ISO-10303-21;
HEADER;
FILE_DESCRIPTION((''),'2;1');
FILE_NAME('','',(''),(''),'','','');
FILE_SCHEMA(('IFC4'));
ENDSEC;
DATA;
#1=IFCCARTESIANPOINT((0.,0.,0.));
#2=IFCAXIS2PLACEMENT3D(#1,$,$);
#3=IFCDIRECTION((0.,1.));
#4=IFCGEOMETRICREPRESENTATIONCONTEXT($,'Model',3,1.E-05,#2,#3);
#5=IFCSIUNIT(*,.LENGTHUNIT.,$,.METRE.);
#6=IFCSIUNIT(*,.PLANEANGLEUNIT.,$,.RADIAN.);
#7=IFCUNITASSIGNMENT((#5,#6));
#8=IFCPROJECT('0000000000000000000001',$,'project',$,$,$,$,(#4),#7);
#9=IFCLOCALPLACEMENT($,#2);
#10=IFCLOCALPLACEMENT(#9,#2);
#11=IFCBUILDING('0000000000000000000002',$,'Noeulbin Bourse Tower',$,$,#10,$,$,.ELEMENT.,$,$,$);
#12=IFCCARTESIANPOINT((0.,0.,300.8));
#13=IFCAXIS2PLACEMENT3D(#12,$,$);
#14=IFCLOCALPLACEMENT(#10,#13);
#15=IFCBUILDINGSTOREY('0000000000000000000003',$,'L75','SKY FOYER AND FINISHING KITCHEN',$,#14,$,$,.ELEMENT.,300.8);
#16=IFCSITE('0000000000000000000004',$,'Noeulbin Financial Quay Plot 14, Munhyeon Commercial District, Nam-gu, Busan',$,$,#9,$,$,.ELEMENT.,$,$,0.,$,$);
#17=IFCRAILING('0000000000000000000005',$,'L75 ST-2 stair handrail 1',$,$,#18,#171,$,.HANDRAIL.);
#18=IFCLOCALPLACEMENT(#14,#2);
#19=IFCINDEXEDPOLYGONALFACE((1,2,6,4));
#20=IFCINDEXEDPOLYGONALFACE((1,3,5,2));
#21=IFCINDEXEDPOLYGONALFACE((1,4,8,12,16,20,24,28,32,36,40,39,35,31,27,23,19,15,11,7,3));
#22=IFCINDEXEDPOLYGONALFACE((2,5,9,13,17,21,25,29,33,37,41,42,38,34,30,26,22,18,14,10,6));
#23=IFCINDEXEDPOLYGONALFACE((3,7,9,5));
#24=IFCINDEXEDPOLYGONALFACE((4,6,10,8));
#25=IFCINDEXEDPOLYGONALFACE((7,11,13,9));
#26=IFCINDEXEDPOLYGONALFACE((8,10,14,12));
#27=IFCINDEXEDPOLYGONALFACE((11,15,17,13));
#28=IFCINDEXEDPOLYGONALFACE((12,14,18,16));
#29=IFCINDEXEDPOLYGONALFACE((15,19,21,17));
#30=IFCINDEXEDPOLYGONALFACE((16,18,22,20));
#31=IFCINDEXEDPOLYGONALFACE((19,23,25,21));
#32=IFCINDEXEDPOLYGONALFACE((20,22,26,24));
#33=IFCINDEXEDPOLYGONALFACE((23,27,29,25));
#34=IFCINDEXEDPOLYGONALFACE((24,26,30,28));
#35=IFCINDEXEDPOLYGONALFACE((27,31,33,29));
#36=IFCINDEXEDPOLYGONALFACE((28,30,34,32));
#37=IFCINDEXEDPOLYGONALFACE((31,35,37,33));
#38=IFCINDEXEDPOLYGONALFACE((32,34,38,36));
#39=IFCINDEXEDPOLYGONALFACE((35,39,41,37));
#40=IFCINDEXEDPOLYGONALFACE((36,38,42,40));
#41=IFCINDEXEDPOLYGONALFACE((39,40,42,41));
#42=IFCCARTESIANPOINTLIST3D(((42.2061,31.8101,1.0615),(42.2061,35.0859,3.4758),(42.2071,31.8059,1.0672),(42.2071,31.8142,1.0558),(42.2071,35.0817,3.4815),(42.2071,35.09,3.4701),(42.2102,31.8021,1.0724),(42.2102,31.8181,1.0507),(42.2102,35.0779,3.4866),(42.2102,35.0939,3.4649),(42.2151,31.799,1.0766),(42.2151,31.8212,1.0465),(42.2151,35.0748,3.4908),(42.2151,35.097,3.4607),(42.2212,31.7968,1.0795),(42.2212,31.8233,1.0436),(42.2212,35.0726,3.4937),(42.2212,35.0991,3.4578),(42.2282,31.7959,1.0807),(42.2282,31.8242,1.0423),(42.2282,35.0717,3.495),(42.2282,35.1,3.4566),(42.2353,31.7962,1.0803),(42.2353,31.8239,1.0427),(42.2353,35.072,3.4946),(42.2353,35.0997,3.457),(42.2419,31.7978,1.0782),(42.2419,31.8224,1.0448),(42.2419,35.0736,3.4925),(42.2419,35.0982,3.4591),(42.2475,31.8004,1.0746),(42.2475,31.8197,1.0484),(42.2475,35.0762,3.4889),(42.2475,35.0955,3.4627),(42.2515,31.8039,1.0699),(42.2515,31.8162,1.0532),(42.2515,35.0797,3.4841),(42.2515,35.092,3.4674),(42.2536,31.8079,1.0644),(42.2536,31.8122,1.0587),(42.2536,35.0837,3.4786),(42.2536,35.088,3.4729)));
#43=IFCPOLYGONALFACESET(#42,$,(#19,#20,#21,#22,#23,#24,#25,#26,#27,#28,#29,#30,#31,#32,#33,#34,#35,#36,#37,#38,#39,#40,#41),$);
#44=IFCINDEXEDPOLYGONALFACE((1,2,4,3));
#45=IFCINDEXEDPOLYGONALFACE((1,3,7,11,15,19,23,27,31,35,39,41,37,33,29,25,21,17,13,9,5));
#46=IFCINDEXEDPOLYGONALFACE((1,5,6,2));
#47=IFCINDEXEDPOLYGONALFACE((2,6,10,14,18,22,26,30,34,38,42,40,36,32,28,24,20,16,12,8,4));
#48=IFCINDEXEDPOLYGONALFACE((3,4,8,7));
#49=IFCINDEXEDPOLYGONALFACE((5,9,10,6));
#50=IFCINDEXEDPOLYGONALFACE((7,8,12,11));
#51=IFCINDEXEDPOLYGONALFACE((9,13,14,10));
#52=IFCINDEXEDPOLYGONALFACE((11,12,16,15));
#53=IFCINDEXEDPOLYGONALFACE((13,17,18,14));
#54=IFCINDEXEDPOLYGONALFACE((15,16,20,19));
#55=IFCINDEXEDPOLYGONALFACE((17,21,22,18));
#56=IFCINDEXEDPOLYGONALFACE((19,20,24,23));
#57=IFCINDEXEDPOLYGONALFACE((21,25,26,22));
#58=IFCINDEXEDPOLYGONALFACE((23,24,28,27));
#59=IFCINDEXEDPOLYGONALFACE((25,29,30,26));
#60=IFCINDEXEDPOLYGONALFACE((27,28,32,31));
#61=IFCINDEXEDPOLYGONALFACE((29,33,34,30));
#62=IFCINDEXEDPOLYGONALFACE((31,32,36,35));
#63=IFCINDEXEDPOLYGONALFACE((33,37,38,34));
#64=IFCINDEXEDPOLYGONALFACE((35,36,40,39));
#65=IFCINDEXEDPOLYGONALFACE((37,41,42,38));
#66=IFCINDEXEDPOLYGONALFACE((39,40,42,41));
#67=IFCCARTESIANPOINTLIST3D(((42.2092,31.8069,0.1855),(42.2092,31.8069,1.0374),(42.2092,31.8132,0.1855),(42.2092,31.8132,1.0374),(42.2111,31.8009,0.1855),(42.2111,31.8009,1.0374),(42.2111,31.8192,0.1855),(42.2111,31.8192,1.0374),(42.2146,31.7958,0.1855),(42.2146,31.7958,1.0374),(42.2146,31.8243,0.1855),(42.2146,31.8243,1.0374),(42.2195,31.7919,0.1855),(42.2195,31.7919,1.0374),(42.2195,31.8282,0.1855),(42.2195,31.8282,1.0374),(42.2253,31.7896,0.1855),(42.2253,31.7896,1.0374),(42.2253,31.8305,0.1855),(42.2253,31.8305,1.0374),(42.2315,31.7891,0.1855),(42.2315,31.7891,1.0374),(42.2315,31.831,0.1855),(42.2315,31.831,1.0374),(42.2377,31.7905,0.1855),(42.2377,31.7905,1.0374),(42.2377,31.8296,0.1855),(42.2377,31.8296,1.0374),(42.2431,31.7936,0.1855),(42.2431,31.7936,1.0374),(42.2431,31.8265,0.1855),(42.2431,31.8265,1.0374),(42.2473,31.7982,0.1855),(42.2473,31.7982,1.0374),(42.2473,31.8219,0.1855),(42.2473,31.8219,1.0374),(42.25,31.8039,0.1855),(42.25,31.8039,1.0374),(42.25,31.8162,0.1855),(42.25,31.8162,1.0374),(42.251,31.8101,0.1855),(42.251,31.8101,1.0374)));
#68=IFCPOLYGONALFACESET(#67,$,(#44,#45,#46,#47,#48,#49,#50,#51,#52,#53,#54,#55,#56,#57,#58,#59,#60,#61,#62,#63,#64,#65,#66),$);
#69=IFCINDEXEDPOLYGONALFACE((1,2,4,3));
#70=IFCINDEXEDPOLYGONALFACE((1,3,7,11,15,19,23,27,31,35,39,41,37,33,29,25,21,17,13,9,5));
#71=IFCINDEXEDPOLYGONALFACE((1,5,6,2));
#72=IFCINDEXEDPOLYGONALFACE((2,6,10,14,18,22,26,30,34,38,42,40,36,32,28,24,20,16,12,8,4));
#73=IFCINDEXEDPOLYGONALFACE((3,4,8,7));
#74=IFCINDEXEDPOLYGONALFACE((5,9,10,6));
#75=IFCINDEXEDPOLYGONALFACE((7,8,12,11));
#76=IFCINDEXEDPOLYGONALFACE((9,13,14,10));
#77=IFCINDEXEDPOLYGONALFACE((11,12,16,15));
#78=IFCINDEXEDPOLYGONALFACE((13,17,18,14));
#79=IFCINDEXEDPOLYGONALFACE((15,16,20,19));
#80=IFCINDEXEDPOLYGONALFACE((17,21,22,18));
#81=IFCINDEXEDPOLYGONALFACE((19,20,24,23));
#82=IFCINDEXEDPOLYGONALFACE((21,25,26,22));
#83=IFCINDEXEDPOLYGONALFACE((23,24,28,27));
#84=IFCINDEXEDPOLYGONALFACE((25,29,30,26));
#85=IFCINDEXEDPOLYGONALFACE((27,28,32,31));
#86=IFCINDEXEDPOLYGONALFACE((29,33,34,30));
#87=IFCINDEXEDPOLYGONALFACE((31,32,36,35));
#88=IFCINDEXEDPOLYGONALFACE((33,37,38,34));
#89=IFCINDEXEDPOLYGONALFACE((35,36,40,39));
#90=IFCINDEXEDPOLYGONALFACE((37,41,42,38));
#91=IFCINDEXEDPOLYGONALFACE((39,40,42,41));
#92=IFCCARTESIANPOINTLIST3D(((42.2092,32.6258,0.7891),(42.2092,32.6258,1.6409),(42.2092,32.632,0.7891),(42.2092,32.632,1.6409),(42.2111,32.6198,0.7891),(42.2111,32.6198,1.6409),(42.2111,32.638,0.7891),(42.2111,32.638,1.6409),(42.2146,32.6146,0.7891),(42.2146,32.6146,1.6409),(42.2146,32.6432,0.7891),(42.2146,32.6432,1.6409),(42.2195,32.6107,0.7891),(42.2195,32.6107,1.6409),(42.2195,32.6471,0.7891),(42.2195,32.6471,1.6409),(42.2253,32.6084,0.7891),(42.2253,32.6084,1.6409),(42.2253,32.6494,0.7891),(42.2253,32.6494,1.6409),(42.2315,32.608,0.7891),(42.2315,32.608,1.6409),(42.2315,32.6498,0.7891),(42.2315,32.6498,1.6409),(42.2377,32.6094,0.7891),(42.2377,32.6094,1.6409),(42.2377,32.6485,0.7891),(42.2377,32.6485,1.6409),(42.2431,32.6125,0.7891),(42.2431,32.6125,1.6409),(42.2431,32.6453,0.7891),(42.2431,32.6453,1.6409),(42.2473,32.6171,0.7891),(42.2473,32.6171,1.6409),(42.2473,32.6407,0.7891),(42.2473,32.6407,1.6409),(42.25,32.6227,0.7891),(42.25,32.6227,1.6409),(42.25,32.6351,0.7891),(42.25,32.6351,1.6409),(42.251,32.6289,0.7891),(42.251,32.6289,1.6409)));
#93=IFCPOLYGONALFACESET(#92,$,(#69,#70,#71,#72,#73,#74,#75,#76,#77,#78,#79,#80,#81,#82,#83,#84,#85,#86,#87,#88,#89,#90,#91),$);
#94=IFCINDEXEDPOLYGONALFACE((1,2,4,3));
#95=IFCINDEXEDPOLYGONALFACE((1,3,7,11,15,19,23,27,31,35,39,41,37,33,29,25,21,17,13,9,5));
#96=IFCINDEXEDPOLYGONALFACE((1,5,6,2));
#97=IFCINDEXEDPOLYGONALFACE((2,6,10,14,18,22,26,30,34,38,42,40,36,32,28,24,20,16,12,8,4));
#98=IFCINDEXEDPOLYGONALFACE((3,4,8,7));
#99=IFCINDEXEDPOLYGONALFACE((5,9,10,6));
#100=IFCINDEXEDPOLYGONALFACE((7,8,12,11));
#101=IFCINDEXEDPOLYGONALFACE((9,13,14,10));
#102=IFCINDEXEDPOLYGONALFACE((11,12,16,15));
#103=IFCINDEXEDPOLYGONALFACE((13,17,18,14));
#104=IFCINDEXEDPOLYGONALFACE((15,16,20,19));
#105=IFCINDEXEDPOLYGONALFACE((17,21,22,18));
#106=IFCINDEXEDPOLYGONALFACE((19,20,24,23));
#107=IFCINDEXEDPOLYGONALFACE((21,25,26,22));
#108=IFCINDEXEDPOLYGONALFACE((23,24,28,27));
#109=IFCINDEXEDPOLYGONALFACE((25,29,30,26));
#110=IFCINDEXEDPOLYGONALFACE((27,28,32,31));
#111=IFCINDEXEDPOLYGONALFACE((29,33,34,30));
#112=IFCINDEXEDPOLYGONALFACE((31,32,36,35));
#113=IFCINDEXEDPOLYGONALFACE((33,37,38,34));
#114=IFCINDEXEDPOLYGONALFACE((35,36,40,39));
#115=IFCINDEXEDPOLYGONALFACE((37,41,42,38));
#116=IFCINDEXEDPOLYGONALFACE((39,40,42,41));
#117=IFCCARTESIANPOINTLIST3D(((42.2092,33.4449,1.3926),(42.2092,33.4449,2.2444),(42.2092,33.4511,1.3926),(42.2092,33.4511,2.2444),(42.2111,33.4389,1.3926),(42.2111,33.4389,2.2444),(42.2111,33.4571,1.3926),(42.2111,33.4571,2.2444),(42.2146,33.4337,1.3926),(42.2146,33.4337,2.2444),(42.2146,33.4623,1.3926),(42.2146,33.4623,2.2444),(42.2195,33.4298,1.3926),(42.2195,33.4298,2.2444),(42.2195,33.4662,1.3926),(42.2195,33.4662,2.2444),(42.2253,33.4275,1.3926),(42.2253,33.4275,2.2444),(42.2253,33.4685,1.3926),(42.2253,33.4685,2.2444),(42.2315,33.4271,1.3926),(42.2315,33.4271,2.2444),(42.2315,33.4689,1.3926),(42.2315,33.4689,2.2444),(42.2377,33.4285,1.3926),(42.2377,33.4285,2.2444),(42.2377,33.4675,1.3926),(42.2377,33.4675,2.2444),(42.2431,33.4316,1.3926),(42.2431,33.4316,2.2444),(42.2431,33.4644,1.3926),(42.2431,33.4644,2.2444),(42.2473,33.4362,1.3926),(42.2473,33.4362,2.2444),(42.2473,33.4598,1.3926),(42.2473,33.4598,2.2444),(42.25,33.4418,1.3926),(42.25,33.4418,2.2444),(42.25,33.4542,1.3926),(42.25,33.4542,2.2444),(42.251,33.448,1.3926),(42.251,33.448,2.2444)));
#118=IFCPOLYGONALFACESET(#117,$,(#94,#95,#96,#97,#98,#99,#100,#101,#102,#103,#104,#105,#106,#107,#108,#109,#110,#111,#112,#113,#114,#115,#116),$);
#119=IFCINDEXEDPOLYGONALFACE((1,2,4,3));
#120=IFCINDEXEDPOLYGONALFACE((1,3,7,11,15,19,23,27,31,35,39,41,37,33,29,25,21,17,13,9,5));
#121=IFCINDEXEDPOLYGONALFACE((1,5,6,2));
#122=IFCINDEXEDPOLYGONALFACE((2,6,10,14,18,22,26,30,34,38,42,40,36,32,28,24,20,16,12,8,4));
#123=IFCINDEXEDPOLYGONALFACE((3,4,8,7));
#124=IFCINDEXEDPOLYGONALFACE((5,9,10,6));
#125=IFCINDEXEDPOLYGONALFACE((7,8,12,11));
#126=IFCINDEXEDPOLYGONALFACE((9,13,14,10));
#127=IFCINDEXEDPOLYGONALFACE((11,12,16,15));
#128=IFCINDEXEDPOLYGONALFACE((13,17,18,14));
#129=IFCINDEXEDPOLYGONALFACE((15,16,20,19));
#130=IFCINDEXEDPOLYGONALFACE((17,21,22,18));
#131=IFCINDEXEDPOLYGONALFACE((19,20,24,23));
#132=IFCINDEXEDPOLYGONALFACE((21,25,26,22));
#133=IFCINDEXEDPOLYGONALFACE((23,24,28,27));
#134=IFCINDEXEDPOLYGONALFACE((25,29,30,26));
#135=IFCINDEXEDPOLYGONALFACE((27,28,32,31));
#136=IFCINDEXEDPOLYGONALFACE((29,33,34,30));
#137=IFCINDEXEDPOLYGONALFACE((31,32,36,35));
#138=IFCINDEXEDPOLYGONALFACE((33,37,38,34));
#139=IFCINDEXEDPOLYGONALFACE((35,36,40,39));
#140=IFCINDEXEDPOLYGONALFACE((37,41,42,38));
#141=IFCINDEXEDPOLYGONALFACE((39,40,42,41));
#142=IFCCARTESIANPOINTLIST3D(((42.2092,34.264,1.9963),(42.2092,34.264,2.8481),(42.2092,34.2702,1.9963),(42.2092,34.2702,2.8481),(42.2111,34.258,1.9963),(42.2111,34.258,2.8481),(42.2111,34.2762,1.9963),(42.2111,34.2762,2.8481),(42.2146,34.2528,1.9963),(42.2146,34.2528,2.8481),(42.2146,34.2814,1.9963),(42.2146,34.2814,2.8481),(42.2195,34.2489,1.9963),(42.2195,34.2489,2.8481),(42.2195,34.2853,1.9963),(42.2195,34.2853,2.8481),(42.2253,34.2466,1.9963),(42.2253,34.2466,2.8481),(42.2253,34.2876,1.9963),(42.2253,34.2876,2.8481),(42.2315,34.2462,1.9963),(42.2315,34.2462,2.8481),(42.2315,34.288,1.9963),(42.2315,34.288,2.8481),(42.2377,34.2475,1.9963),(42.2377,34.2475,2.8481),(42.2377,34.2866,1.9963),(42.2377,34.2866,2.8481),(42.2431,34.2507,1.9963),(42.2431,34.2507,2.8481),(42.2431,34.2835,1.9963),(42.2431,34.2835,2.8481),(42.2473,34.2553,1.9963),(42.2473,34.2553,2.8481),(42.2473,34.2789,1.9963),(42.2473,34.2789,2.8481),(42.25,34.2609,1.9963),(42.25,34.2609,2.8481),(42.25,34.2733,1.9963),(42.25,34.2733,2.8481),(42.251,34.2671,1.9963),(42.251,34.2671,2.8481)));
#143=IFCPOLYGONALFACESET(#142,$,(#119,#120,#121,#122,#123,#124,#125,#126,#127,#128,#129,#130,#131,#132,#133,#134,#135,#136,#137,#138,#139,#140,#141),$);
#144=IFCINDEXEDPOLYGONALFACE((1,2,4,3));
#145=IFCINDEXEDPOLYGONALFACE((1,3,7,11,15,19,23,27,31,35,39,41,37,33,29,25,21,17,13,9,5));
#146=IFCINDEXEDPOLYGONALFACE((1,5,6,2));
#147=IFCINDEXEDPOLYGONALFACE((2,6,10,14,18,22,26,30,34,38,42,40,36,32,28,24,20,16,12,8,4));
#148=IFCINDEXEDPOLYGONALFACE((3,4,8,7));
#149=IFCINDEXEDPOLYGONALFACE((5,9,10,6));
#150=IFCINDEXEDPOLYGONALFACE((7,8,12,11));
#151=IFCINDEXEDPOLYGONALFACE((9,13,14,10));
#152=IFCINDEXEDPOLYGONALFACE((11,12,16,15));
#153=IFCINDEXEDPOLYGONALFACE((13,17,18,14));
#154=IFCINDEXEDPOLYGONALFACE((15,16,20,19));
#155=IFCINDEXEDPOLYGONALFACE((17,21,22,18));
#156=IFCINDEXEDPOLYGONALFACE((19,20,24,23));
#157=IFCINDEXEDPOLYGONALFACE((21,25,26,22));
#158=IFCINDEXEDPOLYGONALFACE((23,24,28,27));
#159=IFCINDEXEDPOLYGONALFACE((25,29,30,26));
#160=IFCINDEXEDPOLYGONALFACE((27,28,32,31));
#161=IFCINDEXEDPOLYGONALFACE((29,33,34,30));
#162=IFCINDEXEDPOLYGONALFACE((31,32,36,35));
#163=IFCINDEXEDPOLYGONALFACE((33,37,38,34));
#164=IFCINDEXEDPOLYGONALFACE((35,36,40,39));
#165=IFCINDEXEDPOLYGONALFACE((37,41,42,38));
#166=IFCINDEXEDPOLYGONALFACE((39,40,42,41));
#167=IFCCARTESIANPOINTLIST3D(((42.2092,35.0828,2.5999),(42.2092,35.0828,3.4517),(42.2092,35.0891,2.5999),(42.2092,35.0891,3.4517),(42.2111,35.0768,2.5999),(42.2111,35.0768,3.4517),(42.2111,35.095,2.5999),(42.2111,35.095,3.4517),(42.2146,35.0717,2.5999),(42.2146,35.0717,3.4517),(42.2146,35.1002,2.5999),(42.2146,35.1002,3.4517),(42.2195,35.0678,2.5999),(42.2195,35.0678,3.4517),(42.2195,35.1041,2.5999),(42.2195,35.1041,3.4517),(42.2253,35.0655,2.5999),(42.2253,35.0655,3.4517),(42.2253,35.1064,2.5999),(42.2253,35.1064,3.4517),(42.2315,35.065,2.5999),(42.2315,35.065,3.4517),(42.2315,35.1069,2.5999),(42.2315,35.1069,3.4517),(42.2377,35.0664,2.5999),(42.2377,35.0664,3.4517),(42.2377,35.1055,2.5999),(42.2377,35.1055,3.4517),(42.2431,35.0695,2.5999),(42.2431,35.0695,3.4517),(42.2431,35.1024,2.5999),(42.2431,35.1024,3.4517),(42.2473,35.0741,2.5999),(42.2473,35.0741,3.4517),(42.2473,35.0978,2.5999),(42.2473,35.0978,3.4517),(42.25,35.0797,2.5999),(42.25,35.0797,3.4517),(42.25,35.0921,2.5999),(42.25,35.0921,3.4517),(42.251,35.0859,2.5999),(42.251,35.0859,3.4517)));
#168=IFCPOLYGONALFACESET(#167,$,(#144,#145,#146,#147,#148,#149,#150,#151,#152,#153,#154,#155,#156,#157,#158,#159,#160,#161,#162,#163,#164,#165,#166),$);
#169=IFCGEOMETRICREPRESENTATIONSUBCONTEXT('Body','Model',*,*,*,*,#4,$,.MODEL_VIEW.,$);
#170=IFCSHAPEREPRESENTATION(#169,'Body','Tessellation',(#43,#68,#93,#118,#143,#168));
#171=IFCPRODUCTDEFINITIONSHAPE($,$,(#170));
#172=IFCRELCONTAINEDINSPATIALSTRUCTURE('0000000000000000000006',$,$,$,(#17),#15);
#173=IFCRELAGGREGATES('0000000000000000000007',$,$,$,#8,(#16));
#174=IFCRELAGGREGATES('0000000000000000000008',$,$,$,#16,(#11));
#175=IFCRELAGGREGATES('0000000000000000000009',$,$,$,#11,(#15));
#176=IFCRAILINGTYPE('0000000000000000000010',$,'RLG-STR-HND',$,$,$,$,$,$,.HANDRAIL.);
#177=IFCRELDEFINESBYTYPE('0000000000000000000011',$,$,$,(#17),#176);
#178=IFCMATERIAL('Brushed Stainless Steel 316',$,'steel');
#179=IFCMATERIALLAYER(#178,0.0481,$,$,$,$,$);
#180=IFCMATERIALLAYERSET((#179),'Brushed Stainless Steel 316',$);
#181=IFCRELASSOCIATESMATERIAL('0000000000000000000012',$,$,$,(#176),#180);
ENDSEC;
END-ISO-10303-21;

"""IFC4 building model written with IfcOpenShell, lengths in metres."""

from ifc_helpers import new_model, si_unit, direction, frame, origin, origin_2d, place, context, subcontext, project, spatial, circle, extrude, material, layer, layer_set, type_object, element, save


model = new_model("IFC4")

# Units and contexts
model_context = context("Model", 3, precision=1e-05, world=origin(), true_north=direction((0.0, 1.0)))
body_context = subcontext(model_context, "Body", "Model", "MODEL_VIEW")
ifc_project = project(units=[si_unit("LENGTHUNIT", "METRE"), si_unit("PLANEANGLEUNIT", "RADIAN")], contexts=[model_context])

# Site, building, storey
site_placement = place(None, origin())
site = spatial("IfcSite", under=ifc_project, at=site_placement, Name="Noeulbin Financial Quay Plot 14, Munhyeon Commercial District, Nam-gu, Busan", CompositionType="ELEMENT", RefElevation=0.0)
building_placement = place(site_placement, origin())
building = spatial("IfcBuilding", under=site, at=building_placement, Name="Noeulbin Bourse Tower", CompositionType="ELEMENT")
storey_placement = place(building_placement, frame((0.0, 0.0, 300.8)))
storey = spatial("IfcBuildingStorey", under=building, at=storey_placement, Name="L75", Description="SKY FOYER AND FINISHING KITCHEN", CompositionType="ELEMENT", Elevation=300.8)

# Railing
ifc_material_1 = material(Name="Brushed Stainless Steel 316", Category="steel")
ifc_layer_1 = layer(ifc_material_1, 0.0481)
ifc_layer_set_1 = layer_set([ifc_layer_1], Name="Brushed Stainless Steel 316")
railing_type = type_object("IfcRailingType", Name="RLG-STR-HND", PredefinedType="HANDRAIL", material=ifc_layer_set_1)
railing_placement = place(storey_placement, frame((42.23, 31.8101, 0.1855)))
element("IfcRailing", 1, at=railing_placement, inside=storey, type_object=railing_type, Name="L75 ST-2 stair handrail 1", PredefinedType="HANDRAIL", context=body_context, shape_type="SweptSolid", body=[
    extrude(circle(Radius=0.0239, at=origin_2d()), frame((0.0, 0.0, 0.876), z_axis=(0.0, 0.804997, 0.593279), x_axis=(-1.0, 0.0, 0.0)), (0.0, 0.0, 1.0), 4.0693),
    extrude(circle(Radius=0.021, at=origin_2d()), origin(), (0.0, 0.0, 1.0), 0.8518),
    extrude(circle(Radius=0.021, at=origin_2d()), frame((0.0, 0.8188, 0.6035)), (0.0, 0.0, 1.0), 0.8518),
    extrude(circle(Radius=0.021, at=origin_2d()), frame((0.0, 1.6379, 1.207)), (0.0, 0.0, 1.0), 0.8518),
    extrude(circle(Radius=0.021, at=origin_2d()), frame((0.0, 2.457, 1.8108)), (0.0, 0.0, 1.0), 0.8518),
    extrude(circle(Radius=0.021, at=origin_2d()), frame((0.0, 3.2759, 2.4143)), (0.0, 0.0, 1.0), 0.8518),
])

save(model, "model.ifc")
